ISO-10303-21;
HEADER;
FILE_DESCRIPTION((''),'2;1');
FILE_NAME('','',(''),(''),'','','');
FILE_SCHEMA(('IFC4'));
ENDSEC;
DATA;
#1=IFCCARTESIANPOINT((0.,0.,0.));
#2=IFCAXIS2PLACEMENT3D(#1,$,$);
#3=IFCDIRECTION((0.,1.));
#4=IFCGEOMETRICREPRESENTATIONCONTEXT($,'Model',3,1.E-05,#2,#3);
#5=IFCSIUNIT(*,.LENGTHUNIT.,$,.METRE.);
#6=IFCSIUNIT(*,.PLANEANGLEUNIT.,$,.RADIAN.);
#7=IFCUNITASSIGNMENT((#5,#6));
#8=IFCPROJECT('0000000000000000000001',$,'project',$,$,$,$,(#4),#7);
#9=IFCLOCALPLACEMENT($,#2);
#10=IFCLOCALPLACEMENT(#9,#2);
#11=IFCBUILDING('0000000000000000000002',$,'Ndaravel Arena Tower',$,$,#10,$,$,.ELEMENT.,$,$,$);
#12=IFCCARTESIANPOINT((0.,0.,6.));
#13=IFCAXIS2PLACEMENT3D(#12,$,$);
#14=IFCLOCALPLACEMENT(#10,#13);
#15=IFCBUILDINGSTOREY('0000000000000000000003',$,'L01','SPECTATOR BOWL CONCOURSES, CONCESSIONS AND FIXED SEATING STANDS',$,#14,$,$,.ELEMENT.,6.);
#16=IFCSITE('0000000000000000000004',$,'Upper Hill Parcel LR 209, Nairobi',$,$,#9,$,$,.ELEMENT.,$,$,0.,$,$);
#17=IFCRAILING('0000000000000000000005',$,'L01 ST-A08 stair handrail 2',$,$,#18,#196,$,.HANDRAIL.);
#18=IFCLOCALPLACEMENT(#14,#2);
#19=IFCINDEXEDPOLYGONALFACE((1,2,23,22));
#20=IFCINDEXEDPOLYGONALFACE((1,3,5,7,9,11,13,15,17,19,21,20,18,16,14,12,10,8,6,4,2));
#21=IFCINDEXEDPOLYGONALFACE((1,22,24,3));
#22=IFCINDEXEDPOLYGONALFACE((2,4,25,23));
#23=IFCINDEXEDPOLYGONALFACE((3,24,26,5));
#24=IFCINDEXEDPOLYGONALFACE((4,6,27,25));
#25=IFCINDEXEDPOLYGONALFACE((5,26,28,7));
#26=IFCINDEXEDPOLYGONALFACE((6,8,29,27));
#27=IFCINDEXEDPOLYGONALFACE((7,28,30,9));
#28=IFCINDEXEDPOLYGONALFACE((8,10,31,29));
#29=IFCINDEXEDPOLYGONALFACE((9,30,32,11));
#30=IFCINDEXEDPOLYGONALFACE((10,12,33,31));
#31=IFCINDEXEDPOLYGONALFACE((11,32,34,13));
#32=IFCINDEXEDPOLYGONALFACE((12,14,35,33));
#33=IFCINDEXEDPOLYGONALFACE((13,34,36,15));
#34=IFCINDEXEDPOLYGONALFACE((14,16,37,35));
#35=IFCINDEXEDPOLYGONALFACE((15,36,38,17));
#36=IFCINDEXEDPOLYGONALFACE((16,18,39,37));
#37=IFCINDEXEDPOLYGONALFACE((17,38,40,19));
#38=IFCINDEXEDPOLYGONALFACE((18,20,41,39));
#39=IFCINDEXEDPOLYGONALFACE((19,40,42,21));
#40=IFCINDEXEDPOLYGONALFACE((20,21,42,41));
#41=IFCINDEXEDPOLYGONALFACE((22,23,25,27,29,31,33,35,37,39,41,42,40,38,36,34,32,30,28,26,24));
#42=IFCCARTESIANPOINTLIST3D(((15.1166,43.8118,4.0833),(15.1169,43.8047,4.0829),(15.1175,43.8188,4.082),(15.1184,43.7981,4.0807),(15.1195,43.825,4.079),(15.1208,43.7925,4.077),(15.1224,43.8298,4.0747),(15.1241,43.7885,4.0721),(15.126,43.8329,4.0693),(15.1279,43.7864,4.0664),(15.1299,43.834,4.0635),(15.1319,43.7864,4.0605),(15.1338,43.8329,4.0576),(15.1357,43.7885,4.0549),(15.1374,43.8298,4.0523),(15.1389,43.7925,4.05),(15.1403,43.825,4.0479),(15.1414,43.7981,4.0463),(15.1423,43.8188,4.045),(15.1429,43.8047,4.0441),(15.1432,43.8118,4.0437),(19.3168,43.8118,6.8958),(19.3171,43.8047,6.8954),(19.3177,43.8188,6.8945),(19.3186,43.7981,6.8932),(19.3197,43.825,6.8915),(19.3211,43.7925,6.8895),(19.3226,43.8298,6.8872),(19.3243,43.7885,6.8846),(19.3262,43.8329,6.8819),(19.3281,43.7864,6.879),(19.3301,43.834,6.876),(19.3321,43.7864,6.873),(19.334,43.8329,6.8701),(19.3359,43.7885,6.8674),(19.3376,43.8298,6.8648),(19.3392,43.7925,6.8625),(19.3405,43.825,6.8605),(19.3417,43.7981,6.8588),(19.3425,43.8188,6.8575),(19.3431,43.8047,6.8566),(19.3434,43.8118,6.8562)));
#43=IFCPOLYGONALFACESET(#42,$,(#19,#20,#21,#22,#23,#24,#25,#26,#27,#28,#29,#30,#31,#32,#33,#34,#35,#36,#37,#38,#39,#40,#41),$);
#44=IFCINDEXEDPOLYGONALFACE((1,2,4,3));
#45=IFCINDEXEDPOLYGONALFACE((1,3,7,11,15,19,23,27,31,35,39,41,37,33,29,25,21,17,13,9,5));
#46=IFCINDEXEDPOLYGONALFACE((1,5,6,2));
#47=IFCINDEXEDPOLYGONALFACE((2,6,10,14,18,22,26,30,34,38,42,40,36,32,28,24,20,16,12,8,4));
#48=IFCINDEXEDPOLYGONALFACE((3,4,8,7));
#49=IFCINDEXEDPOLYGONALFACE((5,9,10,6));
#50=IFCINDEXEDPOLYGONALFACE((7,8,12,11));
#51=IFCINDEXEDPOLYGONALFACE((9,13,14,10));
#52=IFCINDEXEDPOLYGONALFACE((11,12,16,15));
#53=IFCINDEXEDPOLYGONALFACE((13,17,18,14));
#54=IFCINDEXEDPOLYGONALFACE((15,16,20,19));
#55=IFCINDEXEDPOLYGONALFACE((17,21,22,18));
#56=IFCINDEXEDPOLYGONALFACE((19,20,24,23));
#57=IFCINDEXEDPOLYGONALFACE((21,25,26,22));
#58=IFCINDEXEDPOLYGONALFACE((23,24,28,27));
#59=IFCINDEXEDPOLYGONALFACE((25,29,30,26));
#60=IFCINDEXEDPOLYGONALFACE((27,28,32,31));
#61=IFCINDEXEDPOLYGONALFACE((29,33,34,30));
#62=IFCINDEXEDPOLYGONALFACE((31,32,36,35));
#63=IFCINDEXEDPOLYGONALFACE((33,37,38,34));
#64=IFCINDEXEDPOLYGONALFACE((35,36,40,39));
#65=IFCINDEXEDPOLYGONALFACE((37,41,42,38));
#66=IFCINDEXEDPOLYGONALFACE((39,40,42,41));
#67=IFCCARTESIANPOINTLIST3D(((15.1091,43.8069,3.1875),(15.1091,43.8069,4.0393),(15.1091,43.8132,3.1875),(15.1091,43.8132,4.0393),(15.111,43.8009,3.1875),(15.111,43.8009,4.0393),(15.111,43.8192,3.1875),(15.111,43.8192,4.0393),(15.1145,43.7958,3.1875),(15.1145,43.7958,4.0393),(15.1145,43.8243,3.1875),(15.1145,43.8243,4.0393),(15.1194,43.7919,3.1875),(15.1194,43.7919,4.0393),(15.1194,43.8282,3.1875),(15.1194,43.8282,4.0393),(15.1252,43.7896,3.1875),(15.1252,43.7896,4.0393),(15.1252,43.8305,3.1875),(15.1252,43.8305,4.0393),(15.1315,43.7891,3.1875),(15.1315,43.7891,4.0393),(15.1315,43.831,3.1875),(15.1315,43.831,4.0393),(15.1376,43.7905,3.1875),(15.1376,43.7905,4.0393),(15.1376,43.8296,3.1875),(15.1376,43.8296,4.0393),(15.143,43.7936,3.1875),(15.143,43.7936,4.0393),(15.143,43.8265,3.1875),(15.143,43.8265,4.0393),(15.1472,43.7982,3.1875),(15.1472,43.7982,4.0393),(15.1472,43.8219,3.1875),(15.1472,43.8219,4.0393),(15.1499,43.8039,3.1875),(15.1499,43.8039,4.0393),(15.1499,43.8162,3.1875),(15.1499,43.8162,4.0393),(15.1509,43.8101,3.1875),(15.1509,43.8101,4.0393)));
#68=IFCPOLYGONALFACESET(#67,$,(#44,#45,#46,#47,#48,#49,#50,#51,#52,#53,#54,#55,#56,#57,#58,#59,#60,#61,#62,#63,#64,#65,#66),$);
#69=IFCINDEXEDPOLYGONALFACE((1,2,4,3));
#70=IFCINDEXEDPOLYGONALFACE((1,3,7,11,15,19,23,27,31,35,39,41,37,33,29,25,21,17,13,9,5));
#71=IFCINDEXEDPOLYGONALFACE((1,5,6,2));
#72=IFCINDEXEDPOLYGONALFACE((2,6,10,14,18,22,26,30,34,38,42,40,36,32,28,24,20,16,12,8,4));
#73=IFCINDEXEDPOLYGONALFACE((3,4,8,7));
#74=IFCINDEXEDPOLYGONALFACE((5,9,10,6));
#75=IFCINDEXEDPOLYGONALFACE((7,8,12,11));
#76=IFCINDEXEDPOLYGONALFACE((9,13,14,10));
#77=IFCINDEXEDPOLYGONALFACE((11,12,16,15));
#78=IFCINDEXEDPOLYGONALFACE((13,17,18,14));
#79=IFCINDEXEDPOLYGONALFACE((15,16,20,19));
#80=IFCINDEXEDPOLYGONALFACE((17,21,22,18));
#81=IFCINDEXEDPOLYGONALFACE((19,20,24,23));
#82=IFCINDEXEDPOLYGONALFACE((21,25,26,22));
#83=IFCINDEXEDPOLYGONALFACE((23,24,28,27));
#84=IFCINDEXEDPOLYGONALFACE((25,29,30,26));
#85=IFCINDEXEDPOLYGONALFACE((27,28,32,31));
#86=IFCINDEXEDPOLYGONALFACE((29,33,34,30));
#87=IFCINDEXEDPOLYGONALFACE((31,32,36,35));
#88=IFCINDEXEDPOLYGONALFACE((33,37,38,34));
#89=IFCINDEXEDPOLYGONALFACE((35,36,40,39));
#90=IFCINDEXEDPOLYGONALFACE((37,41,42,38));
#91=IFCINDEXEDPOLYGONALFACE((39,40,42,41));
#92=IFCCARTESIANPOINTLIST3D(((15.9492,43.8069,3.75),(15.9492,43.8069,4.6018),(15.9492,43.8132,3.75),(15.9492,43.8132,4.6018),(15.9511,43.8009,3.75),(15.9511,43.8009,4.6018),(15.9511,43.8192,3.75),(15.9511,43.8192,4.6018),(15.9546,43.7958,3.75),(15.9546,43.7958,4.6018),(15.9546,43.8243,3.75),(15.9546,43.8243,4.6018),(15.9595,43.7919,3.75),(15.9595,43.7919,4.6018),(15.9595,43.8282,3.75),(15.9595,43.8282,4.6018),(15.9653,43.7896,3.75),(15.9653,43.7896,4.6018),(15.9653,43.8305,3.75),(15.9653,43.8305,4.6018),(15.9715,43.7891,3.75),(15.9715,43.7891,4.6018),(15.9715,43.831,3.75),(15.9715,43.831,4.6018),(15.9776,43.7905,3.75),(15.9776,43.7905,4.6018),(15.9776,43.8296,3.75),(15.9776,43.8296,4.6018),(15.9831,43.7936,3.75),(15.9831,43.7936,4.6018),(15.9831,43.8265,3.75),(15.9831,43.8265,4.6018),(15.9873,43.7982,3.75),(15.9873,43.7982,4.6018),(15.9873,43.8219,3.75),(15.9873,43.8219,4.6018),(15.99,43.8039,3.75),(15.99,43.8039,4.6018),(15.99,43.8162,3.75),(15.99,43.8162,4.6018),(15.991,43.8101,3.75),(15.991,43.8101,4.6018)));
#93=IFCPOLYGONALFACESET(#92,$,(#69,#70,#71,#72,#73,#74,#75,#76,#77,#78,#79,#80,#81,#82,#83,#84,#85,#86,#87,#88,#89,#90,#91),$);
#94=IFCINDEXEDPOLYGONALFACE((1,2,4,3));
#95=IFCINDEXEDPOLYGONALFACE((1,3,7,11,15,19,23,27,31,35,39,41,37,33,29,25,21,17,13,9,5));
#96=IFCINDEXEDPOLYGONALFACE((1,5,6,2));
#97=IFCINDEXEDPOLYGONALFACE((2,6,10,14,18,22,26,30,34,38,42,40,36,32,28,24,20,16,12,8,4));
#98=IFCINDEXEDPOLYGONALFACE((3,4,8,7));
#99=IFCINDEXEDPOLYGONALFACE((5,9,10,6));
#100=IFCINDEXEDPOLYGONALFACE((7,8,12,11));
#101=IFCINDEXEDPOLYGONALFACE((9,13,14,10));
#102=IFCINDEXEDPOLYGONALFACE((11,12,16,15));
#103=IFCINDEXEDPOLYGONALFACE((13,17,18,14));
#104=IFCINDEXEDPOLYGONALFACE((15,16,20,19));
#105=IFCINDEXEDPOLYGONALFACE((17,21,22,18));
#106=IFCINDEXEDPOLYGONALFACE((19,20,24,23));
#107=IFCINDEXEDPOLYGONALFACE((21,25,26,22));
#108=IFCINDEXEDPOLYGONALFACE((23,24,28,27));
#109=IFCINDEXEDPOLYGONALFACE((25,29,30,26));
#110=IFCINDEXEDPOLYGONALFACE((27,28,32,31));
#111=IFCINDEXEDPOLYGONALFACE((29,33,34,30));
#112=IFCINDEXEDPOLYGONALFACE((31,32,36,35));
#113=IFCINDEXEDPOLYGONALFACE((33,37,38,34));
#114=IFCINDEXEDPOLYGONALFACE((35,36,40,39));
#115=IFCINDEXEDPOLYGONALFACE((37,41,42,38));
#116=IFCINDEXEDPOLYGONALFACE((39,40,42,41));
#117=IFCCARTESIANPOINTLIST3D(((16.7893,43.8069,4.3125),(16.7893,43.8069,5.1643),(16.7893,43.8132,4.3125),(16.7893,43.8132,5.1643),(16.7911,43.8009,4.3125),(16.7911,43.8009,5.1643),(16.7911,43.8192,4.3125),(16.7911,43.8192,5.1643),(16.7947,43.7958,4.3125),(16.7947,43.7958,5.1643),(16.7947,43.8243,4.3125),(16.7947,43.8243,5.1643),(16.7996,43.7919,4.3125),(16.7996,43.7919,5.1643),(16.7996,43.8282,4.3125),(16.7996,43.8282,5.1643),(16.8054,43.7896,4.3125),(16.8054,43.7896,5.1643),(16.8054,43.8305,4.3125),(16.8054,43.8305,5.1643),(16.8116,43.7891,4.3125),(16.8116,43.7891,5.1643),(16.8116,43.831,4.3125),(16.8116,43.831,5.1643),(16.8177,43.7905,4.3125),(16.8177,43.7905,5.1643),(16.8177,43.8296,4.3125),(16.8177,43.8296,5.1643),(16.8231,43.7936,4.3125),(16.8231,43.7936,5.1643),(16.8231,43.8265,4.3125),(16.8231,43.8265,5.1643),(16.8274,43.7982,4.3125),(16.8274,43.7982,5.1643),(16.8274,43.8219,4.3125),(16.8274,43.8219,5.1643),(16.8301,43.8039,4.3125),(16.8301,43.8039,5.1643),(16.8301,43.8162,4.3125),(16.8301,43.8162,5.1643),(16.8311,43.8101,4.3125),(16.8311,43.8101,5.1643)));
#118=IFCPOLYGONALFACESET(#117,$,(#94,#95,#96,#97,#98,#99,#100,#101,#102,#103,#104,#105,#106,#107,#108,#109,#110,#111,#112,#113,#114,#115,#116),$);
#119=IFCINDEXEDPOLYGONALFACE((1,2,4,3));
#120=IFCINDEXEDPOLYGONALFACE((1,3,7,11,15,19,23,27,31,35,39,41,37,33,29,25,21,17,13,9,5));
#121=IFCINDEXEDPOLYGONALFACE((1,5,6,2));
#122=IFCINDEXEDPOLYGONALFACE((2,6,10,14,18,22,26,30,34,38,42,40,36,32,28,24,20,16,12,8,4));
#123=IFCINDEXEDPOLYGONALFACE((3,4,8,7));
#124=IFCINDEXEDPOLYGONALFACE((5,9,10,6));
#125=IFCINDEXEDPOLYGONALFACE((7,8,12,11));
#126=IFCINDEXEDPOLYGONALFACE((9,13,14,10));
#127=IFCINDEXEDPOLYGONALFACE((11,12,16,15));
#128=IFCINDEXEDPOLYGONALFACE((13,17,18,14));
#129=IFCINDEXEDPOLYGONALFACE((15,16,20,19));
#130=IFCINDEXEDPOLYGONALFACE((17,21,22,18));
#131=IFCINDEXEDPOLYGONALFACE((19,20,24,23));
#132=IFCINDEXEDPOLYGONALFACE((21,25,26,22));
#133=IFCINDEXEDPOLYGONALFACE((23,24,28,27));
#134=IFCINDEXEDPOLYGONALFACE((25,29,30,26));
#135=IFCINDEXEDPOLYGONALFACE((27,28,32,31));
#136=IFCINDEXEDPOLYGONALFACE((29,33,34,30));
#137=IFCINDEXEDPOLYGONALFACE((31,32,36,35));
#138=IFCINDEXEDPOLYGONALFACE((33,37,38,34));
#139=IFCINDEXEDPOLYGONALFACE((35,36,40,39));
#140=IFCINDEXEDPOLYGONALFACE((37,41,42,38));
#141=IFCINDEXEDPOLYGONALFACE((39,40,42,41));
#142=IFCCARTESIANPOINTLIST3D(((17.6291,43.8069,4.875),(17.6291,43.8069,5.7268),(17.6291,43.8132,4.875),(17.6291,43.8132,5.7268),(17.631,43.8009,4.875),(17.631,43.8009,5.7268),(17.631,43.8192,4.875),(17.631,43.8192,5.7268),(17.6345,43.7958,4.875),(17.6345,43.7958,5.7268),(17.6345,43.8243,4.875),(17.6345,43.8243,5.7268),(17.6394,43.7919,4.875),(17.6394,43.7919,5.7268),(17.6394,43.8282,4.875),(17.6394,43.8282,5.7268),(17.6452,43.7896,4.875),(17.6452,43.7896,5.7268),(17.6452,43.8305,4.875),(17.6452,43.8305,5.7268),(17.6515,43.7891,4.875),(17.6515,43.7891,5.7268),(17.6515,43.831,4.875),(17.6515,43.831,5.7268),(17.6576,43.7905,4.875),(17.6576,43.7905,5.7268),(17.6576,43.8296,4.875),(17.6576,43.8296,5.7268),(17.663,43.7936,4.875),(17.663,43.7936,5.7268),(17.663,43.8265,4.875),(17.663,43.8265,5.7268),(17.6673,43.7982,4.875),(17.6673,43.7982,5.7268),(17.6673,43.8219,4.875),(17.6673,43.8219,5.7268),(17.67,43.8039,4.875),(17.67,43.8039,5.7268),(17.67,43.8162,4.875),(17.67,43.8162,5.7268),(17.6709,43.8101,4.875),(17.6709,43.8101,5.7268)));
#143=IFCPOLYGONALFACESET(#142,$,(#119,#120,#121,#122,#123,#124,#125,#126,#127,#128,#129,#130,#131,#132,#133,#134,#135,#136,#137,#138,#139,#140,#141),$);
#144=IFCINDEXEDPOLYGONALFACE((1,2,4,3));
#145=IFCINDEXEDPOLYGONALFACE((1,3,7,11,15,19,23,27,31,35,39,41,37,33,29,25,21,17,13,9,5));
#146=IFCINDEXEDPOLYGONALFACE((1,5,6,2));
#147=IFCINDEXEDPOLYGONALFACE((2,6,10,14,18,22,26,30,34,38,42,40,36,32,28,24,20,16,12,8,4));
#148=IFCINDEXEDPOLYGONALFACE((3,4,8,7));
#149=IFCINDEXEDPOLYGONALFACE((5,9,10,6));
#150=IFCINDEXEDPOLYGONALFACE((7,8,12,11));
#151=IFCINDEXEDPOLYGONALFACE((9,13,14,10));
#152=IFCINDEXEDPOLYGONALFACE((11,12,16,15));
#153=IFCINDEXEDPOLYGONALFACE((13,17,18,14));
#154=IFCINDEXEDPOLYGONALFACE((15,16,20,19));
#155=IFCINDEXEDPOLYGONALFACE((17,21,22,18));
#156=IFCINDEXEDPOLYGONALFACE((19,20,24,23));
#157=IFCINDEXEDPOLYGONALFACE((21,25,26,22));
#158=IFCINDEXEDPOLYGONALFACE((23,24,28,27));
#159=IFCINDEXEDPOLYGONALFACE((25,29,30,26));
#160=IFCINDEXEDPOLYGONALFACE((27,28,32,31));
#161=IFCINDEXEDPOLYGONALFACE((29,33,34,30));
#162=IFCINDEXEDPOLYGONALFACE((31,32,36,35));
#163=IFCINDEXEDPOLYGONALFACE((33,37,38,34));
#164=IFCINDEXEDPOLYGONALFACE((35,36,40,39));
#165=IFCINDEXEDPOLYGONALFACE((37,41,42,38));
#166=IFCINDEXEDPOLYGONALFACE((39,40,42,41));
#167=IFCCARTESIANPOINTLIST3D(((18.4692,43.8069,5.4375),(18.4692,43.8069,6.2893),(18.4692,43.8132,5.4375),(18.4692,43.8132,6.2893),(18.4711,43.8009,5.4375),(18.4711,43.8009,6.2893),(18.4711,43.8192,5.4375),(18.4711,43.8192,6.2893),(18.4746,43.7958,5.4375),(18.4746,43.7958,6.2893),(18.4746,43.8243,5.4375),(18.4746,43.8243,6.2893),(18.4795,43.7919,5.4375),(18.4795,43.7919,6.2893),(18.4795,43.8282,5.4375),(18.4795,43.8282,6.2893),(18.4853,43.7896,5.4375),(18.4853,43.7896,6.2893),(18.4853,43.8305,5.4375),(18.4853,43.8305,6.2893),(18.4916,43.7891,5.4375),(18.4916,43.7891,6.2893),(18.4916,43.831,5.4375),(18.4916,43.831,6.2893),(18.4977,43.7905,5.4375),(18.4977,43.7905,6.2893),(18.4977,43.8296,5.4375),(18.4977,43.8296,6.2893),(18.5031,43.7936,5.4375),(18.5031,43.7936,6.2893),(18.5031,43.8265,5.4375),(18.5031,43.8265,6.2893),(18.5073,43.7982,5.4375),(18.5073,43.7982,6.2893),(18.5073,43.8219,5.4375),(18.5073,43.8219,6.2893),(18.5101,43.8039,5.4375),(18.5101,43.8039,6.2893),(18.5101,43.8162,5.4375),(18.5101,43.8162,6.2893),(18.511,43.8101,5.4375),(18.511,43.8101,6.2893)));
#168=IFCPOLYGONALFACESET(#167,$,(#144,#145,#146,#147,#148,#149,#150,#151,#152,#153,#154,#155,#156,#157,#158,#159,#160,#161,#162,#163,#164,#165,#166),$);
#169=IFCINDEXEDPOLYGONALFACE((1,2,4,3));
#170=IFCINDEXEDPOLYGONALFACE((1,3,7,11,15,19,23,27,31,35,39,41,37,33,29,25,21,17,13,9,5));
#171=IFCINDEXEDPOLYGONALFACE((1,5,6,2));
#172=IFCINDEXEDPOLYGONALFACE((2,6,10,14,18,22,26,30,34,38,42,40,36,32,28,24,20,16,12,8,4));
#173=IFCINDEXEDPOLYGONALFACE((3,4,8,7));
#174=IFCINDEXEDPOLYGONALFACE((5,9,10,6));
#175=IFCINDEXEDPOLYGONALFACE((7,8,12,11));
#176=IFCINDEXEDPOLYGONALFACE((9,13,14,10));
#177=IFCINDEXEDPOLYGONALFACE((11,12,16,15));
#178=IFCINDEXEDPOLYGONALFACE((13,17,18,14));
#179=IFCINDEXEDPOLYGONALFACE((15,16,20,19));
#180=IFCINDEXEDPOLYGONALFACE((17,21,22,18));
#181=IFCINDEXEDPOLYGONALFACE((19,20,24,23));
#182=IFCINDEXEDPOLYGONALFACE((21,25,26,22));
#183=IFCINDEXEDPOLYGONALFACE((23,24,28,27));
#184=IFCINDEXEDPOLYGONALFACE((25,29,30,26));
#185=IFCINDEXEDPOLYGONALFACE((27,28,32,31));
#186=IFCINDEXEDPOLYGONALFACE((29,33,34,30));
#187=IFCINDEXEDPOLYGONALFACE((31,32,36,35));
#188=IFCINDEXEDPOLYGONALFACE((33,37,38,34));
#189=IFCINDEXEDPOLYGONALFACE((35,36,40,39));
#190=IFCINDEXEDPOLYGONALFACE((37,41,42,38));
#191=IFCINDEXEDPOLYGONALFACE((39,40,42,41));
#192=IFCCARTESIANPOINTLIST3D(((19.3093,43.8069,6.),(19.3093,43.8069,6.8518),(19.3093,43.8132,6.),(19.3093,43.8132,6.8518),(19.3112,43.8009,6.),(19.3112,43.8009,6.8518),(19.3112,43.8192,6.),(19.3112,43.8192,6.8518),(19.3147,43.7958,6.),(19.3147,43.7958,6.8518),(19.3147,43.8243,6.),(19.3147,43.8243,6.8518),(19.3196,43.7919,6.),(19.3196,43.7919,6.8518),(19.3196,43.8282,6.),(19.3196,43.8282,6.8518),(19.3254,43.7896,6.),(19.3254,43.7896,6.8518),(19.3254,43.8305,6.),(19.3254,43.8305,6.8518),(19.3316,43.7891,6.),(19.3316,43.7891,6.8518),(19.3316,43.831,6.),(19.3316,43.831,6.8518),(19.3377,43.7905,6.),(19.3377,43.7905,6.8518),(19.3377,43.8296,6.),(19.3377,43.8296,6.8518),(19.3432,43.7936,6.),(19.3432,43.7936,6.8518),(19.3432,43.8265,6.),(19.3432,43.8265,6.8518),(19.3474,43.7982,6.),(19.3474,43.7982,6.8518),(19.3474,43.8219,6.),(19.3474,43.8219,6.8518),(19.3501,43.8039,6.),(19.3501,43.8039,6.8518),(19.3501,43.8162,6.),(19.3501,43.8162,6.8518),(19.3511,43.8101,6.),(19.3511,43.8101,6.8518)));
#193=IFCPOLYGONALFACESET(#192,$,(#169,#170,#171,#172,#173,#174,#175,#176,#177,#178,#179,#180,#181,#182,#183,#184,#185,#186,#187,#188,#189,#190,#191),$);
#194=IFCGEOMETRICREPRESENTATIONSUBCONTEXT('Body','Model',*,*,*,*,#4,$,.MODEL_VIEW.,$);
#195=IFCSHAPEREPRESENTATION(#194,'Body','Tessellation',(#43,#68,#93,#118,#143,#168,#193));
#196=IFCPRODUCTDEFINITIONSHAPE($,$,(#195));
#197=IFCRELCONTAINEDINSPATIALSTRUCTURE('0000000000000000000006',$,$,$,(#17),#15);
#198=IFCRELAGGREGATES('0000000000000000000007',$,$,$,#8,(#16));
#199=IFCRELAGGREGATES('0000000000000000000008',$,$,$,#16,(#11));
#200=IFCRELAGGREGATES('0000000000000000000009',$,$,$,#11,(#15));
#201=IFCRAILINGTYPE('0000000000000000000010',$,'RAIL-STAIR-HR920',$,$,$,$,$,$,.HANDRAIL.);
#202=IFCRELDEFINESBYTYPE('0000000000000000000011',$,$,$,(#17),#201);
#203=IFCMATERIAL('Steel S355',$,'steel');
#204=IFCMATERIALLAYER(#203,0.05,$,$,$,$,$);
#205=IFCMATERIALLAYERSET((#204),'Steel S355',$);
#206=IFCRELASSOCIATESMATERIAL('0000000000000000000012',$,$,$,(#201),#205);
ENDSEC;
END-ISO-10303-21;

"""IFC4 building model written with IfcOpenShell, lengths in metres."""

from ifc_helpers import new_model, si_unit, direction, frame, origin, origin_2d, place, context, subcontext, project, spatial, circle, extrude, material, layer, layer_set, type_object, element, save


model = new_model("IFC4")

# Units and contexts
model_context = context("Model", 3, precision=1e-05, world=origin(), true_north=direction((0.0, 1.0)))
body_context = subcontext(model_context, "Body", "Model", "MODEL_VIEW")
ifc_project = project(units=[si_unit("LENGTHUNIT", "METRE"), si_unit("PLANEANGLEUNIT", "RADIAN")], contexts=[model_context])

# Site, building, storey
site_placement = place(None, origin())
site = spatial("IfcSite", under=ifc_project, at=site_placement, Name="Upper Hill Parcel LR 209, Nairobi", CompositionType="ELEMENT", RefElevation=0.0)
building_placement = place(site_placement, origin())
building = spatial("IfcBuilding", under=site, at=building_placement, Name="Ndaravel Arena Tower", CompositionType="ELEMENT")
storey_placement = place(building_placement, frame((0.0, 0.0, 6.0)))
storey = spatial("IfcBuildingStorey", under=building, at=storey_placement, Name="L01", Description="SPECTATOR BOWL CONCOURSES, CONCESSIONS AND FIXED SEATING STANDS", CompositionType="ELEMENT", Elevation=6.0)

# Railing
ifc_material_1 = material(Name="Steel S355", Category="steel")
ifc_layer_1 = layer(ifc_material_1, 0.05)
ifc_layer_set_1 = layer_set([ifc_layer_1], Name="Steel S355")
railing_type_1 = type_object("IfcRailingType", Name="RAIL-STAIR-HR920", PredefinedType="HANDRAIL", material=ifc_layer_set_1)
railing_1_placement = place(storey_placement, frame((15.1299, 43.8101, 3.1875)))
element("IfcRailing", 1, at=railing_1_placement, inside=storey, type_object=railing_type_1, Name="L01 ST-A08 stair handrail 2", PredefinedType="HANDRAIL", context=body_context, shape_type="SweptSolid", body=[
    extrude(circle(Radius=0.0239, at=origin_2d()), frame((0.0, 0.0, 0.876), z_axis=(0.830919, 0.0, 0.556393), x_axis=(0.0, 1.0, 0.0)), (0.0, 0.0, 1.0), 5.0549),
    extrude(circle(Radius=0.021, at=origin_2d()), origin(), (0.0, 0.0, 1.0), 0.8518),
    extrude(circle(Radius=0.021, at=origin_2d()), frame((0.8401, 0.0, 0.5625)), (0.0, 0.0, 1.0), 0.8518),
    extrude(circle(Radius=0.021, at=origin_2d()), frame((1.6802, 0.0, 1.125)), (0.0, 0.0, 1.0), 0.8518),
    extrude(circle(Radius=0.021, at=origin_2d()), frame((2.52, 0.0, 1.6875)), (0.0, 0.0, 1.0), 0.8518),
    extrude(circle(Radius=0.021, at=origin_2d()), frame((3.3601, 0.0, 2.25)), (0.0, 0.0, 1.0), 0.8518),
    extrude(circle(Radius=0.021, at=origin_2d()), frame((4.2002, 0.0, 2.8125)), (0.0, 0.0, 1.0), 0.8518),
])

save(model, "model.ifc")
